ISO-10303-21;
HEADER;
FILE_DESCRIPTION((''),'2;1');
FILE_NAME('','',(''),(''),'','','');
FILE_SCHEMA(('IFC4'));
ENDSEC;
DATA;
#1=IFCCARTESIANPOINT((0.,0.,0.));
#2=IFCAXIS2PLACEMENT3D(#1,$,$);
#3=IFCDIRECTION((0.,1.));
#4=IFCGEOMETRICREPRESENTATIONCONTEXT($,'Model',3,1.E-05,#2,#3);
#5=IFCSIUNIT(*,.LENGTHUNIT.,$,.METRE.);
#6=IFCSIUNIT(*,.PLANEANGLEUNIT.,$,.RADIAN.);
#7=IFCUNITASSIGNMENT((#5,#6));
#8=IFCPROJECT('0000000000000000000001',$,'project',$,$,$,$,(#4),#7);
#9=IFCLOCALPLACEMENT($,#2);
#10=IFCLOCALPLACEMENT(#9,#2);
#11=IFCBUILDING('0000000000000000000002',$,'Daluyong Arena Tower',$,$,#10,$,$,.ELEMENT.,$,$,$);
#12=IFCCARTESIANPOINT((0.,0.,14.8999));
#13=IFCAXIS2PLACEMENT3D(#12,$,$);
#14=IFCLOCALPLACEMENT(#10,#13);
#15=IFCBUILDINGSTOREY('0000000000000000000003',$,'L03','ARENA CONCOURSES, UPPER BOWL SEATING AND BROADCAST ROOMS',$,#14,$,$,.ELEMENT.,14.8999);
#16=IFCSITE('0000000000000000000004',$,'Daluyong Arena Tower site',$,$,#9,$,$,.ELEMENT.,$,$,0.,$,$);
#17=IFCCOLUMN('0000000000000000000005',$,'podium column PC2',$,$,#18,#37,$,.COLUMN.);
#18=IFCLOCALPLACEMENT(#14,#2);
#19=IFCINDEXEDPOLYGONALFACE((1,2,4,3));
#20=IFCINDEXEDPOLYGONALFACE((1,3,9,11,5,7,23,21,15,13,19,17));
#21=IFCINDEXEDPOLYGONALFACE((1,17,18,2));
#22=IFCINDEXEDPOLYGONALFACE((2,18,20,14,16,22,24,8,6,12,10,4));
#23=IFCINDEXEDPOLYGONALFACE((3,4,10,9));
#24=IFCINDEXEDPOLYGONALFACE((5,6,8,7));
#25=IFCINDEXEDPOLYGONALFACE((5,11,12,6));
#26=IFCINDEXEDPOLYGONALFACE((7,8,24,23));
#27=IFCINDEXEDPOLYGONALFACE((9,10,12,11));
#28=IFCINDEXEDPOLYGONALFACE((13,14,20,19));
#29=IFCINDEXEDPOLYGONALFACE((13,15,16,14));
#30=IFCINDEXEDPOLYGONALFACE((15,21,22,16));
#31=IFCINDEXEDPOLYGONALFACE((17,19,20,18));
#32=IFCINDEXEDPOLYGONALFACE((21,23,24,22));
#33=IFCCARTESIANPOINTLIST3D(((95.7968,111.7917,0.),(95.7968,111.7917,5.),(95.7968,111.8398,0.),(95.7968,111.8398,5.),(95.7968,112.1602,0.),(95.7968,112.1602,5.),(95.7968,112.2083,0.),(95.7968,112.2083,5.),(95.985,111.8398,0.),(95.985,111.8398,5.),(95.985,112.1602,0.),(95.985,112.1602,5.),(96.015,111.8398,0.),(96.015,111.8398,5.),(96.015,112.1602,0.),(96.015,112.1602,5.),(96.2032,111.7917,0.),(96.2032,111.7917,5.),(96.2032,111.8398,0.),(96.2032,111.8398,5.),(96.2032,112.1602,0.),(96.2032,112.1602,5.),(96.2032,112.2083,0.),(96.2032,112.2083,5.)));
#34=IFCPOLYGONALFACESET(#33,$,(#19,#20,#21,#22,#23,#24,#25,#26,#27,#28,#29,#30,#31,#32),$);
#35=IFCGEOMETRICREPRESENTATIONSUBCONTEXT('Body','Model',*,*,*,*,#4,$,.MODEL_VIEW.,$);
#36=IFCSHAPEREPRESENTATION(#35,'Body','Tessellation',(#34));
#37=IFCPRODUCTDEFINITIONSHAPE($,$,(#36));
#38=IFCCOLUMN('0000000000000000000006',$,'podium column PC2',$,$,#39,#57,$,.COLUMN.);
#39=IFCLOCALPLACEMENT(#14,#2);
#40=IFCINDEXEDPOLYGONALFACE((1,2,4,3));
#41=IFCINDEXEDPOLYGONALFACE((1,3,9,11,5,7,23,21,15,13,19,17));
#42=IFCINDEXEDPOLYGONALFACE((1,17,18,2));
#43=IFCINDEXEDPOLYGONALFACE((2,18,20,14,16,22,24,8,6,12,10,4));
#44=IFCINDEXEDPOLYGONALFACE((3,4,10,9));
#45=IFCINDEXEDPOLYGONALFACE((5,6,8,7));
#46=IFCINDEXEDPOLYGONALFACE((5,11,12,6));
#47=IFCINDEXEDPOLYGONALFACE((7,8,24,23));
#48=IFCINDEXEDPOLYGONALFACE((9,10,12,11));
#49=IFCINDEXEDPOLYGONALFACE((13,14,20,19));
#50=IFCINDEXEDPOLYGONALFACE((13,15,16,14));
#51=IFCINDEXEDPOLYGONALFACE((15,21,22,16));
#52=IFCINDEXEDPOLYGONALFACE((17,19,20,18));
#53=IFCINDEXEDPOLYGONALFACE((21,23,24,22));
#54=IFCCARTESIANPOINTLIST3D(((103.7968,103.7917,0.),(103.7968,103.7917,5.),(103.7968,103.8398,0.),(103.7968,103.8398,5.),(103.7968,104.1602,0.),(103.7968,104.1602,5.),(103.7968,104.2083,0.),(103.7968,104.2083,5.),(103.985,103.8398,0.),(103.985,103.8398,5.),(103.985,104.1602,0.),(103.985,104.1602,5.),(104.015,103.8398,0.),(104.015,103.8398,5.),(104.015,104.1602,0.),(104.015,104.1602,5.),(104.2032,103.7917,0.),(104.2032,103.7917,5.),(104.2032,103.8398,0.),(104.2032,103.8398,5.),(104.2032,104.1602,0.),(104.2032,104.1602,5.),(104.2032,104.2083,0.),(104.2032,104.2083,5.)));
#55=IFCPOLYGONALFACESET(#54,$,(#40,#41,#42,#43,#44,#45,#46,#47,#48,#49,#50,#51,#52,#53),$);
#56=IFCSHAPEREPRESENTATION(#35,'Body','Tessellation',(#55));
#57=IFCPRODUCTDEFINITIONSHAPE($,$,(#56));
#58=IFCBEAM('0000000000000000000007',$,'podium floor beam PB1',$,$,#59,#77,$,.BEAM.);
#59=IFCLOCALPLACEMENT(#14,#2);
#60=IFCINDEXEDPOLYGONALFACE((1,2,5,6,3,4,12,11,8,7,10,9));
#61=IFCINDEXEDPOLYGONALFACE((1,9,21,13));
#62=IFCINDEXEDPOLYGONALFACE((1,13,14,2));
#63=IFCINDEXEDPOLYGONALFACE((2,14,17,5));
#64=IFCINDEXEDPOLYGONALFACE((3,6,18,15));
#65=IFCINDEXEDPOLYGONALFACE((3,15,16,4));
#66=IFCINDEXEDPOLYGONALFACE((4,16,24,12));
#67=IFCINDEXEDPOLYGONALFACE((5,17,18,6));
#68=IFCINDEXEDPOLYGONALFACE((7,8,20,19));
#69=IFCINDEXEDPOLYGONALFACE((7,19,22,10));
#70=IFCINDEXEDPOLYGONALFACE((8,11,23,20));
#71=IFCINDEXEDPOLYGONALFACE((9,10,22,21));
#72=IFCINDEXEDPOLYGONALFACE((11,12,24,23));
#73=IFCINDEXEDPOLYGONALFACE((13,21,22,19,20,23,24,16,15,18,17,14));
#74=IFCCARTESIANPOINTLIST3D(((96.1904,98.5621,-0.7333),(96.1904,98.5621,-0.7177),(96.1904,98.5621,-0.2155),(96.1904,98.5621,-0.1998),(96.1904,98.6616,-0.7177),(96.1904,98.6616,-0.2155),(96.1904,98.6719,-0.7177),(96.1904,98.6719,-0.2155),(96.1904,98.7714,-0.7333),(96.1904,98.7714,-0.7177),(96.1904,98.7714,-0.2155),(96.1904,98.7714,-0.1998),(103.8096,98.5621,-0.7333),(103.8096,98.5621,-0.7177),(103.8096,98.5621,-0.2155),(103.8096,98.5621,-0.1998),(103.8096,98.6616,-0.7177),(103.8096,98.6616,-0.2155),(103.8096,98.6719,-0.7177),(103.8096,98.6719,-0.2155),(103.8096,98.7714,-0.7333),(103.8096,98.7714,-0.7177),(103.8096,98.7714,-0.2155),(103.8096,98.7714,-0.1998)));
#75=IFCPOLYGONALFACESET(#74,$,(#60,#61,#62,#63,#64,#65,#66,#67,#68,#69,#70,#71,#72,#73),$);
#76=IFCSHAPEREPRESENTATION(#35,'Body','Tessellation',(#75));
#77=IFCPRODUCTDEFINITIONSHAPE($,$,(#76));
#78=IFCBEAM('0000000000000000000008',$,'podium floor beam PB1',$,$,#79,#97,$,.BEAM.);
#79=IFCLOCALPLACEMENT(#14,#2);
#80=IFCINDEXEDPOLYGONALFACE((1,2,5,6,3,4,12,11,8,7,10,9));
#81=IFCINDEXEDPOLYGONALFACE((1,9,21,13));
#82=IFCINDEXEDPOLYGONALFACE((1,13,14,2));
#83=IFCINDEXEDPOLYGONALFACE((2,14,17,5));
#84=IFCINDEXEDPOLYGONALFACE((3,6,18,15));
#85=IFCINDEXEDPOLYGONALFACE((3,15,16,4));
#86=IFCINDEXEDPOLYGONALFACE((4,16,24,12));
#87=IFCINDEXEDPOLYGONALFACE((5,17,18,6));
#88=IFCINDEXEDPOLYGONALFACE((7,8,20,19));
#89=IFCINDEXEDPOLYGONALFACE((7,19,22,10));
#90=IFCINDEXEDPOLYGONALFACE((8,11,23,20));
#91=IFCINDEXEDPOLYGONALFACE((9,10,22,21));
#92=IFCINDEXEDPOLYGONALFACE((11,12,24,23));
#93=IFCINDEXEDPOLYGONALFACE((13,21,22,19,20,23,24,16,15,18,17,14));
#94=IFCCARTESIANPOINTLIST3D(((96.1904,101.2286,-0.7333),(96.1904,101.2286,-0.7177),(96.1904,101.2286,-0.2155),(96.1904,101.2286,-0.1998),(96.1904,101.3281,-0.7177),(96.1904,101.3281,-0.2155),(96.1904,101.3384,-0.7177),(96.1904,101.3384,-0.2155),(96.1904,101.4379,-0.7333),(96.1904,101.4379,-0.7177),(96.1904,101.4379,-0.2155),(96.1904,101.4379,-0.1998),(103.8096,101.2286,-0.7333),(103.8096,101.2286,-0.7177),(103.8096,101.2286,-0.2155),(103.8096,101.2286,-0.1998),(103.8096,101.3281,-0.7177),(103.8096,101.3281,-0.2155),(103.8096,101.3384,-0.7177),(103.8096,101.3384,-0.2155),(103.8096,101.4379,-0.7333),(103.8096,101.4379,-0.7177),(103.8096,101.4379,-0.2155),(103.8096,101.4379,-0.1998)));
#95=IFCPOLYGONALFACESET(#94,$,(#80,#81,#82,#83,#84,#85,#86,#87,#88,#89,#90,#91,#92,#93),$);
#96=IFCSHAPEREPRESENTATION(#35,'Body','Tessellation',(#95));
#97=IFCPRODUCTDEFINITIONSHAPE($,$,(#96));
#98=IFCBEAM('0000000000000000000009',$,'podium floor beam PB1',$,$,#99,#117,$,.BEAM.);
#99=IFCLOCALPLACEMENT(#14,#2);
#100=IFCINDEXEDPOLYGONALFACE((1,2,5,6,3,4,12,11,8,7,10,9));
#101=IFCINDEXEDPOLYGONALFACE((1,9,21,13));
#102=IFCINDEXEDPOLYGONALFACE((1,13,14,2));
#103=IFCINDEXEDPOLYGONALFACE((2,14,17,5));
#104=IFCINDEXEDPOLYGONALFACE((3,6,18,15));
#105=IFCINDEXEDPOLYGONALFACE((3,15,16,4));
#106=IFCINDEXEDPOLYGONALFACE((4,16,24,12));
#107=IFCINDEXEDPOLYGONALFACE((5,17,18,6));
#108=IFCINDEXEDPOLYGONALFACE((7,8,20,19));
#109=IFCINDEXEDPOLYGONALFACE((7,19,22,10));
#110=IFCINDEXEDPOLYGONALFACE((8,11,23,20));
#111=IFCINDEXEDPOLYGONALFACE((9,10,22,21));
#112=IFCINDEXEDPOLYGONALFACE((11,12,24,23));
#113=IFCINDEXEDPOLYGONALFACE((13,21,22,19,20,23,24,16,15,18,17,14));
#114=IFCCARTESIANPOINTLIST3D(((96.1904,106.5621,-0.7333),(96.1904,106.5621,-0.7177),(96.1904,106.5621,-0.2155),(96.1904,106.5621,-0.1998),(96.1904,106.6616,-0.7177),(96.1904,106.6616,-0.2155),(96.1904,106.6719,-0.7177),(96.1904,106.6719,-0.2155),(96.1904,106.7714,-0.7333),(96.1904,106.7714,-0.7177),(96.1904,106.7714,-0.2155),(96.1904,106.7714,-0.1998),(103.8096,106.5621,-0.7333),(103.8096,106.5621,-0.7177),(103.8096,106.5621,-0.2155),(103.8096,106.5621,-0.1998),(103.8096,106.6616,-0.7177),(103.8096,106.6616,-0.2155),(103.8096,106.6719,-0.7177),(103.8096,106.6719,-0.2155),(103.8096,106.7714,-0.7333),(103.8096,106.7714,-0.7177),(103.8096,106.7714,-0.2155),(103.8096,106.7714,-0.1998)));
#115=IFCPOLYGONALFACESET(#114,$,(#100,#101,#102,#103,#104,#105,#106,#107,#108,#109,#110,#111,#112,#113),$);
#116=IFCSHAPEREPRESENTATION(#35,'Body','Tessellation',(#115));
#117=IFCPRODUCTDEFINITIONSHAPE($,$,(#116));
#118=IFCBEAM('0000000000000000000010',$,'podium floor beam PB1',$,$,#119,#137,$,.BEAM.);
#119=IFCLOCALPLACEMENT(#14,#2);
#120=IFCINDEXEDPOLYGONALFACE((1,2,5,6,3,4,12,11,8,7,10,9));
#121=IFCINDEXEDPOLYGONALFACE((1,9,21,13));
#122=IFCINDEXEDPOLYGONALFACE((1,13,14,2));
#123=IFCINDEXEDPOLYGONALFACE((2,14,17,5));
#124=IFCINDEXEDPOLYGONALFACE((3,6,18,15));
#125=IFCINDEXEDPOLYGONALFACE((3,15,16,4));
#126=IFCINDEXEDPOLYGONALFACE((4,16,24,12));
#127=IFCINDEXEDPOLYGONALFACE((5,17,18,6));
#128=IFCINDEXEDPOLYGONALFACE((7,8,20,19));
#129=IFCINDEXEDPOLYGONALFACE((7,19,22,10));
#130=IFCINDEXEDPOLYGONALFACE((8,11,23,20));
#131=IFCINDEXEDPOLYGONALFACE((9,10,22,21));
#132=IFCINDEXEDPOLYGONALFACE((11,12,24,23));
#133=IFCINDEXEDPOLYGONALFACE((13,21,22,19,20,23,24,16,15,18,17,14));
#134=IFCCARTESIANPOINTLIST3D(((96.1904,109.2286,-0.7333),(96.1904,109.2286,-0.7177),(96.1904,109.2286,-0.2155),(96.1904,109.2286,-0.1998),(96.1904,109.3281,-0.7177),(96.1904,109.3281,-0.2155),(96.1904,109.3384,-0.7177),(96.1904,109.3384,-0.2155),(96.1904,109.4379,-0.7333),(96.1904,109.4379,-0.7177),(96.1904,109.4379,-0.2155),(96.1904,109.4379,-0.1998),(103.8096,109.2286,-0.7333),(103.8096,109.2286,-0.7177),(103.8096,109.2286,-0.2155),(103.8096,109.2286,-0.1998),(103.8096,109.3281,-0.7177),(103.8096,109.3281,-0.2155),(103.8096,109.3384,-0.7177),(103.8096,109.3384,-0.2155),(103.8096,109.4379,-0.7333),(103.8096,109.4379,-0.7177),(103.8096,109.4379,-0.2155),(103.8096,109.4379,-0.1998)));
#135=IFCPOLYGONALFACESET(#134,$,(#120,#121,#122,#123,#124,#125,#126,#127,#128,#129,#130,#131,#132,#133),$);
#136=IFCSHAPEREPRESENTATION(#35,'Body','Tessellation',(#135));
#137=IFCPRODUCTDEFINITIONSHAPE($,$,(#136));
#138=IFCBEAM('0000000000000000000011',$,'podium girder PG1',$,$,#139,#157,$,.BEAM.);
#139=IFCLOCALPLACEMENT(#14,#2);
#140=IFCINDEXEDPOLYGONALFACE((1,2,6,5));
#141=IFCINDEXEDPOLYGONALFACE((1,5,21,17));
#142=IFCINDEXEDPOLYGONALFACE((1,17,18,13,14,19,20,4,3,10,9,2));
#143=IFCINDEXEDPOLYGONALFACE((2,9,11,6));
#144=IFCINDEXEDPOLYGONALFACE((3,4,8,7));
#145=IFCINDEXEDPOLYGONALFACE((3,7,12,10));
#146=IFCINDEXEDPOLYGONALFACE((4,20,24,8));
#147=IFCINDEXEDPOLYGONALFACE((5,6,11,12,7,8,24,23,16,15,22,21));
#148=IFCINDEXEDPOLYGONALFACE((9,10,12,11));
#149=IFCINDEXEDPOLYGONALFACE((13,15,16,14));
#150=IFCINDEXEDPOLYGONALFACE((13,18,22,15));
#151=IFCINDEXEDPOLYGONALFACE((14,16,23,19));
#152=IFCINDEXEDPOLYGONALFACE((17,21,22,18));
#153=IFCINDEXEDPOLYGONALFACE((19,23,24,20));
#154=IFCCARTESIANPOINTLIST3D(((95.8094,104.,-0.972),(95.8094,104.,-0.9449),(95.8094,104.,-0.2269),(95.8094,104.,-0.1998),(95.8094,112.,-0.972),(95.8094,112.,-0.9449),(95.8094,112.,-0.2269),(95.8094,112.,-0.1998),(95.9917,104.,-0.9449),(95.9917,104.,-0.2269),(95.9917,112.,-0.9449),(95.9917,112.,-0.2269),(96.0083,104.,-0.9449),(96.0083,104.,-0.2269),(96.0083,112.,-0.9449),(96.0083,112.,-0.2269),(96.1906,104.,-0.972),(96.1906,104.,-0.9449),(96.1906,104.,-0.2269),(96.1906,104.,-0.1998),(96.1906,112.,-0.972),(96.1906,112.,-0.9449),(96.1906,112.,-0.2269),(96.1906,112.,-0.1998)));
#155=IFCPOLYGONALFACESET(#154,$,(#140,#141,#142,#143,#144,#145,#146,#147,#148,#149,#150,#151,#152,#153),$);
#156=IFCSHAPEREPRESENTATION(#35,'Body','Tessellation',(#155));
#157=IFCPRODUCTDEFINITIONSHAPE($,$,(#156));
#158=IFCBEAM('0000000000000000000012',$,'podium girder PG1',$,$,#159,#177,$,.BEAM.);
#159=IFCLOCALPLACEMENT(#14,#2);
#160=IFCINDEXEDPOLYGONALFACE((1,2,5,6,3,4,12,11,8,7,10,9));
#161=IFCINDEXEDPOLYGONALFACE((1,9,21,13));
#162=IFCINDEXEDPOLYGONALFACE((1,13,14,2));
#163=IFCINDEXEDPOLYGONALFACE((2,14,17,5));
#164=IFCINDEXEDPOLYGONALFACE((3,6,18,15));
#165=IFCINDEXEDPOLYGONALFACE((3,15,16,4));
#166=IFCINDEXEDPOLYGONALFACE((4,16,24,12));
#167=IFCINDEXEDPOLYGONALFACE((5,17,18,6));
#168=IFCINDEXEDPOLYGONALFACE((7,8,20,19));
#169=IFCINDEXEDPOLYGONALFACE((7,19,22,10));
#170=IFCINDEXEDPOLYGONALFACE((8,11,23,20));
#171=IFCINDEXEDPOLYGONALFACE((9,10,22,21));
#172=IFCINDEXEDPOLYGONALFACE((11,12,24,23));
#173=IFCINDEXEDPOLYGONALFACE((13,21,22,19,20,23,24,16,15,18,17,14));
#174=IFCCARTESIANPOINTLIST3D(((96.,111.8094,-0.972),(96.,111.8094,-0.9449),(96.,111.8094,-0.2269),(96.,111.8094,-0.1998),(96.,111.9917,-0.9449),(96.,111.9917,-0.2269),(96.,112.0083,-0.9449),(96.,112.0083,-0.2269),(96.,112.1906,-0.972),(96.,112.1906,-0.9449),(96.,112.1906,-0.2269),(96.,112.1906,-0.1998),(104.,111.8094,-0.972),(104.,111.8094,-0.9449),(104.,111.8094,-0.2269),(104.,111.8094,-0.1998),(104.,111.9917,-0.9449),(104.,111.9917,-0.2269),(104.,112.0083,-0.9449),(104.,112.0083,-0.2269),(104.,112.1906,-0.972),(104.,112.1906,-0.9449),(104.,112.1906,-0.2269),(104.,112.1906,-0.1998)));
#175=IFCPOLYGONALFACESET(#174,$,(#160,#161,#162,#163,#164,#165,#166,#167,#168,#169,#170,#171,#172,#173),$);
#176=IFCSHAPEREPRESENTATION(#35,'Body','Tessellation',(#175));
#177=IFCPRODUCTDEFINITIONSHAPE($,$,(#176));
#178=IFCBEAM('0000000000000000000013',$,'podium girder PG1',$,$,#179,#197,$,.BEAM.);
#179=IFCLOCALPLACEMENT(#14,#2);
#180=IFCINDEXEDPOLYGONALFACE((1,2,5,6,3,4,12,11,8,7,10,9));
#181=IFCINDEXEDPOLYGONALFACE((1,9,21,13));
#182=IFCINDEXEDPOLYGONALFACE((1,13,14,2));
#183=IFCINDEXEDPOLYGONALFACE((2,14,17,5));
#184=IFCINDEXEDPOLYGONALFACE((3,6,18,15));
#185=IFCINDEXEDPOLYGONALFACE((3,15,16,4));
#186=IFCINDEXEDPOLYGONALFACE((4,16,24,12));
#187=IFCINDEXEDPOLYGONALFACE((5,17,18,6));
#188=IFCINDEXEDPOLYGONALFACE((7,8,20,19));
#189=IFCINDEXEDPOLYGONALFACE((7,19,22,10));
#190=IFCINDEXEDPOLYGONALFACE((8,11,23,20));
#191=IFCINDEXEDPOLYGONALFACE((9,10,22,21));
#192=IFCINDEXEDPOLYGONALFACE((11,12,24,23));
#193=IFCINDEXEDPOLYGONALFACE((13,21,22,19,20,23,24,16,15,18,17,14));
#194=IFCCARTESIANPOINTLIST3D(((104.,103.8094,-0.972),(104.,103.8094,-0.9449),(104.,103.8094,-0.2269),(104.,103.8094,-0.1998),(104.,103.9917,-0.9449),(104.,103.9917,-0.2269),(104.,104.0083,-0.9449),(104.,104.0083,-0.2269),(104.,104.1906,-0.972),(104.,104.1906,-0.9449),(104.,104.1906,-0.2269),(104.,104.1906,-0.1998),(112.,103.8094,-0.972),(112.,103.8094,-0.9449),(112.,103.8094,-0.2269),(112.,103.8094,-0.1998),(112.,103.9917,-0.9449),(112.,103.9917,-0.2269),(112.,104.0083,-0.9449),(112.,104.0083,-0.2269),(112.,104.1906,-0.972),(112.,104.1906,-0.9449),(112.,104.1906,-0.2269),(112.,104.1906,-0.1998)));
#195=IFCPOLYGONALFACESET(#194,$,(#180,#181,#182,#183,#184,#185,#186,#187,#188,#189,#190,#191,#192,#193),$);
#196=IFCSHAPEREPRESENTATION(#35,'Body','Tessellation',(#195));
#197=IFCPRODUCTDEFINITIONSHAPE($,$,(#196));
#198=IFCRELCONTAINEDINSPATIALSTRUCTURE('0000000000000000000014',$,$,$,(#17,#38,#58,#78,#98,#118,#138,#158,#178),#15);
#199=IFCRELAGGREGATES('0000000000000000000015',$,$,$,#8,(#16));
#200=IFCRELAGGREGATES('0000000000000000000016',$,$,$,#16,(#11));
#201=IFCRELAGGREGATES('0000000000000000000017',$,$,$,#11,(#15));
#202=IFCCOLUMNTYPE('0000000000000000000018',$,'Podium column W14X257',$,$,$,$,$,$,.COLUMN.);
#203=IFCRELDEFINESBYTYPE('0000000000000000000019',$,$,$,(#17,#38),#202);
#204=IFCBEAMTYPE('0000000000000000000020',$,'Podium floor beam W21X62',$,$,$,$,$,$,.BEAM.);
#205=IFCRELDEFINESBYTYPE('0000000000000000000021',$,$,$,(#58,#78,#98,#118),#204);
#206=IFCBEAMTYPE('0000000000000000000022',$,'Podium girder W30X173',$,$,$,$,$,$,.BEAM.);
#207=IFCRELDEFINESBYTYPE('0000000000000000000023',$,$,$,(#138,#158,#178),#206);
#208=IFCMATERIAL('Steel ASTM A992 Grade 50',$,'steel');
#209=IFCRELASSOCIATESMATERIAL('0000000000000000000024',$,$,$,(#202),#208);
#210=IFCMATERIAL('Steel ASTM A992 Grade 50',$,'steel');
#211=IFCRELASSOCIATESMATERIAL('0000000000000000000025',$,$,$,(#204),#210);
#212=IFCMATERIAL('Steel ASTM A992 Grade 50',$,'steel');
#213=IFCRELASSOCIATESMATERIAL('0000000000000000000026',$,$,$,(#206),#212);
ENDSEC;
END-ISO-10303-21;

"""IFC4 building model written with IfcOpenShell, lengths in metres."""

from ifc_helpers import new_model, si_unit, direction, frame, origin, origin_2d, place, context, subcontext, project, spatial, i_section, extrude, material, material_profile, profile_set, type_object, element, save


model = new_model("IFC4")

# Units and contexts
model_context = context("Model", 3, precision=1e-05, world=origin(), true_north=direction((0.0, 1.0)))
body_context = subcontext(model_context, "Body", "Model", "MODEL_VIEW")
ifc_project = project(units=[si_unit("LENGTHUNIT", "METRE"), si_unit("PLANEANGLEUNIT", "RADIAN")], contexts=[model_context])

# Site, building, storey
site_placement = place(None, origin())
site = spatial("IfcSite", under=ifc_project, at=site_placement, Name="Daluyong Arena Tower site", CompositionType="ELEMENT", RefElevation=0.0)
building_placement = place(site_placement, origin())
building = spatial("IfcBuilding", under=site, at=building_placement, Name="Daluyong Arena Tower", CompositionType="ELEMENT")
storey_placement = place(building_placement, frame((0.0, 0.0, 14.8999)))
storey = spatial("IfcBuildingStorey", under=building, at=storey_placement, Name="L03", Description="ARENA CONCOURSES, UPPER BOWL SEATING AND BROADCAST ROOMS", CompositionType="ELEMENT", Elevation=14.8999)

# Columns
ifc_material_1 = material(Name="Steel ASTM A992 Grade 50", Category="steel")
ifc_material_profile_1 = material_profile(ifc_material_1, i_section(OverallWidth=0.4065, OverallDepth=0.4165, WebThickness=0.03, FlangeThickness=0.0481, at=origin_2d()))
ifc_profile_set_1 = profile_set([ifc_material_profile_1], Name="Steel ASTM A992 Grade 50")
column_type = type_object("IfcColumnType", Name="Podium column W14X257", PredefinedType="COLUMN", material=ifc_profile_set_1)
for number, where, z_axis, x_axis, name in (
    (1, (96.0, 112.0, 0.0), (0.0, 0.0, 1.0), (1.0, 0.0, 0.0), "podium column PC2"),
    (2, (104.0, 104.0, 0.0), (0.0, 0.0, 1.0), (1.0, 0.0, 0.0), "podium column PC2"),
):
    element("IfcColumn", number, at=place(storey_placement, frame(where, z_axis=z_axis, x_axis=x_axis)), inside=storey, type_object=column_type, Name=name, PredefinedType="COLUMN", context=body_context, shape_type="SweptSolid", body=[
        extrude(i_section(OverallWidth=0.4065, OverallDepth=0.4165, WebThickness=0.03, FlangeThickness=0.0481, at=origin_2d()), origin(), (0.0, 0.0, 1.0), 5.0),
    ])

# Beams
ifc_material_2 = material(Name="Steel ASTM A992 Grade 50", Category="steel")
ifc_material_profile_2 = material_profile(ifc_material_2, i_section(OverallWidth=0.2092, OverallDepth=0.5334, WebThickness=0.0103, FlangeThickness=0.0156, at=origin_2d()))
ifc_profile_set_2 = profile_set([ifc_material_profile_2], Name="Steel ASTM A992 Grade 50")
beam_type_1 = type_object("IfcBeamType", Name="Podium floor beam W21X62", PredefinedType="BEAM", material=ifc_profile_set_2)
for number, where, z_axis, x_axis, name in (
    (3, (96.1904, 98.6667, -0.4666), (1.0, 0.0, 0.0), (0.0, 1.0, 0.0), "podium floor beam PB1"),
    (4, (96.1904, 101.3333, -0.4666), (1.0, 0.0, 0.0), (0.0, 1.0, 0.0), "podium floor beam PB1"),
    (5, (96.1904, 106.6667, -0.4666), (1.0, 0.0, 0.0), (0.0, 1.0, 0.0), "podium floor beam PB1"),
    (6, (96.1904, 109.3333, -0.4666), (1.0, 0.0, 0.0), (0.0, 1.0, 0.0), "podium floor beam PB1"),
):
    element("IfcBeam", number, at=place(storey_placement, frame(where, z_axis=z_axis, x_axis=x_axis)), inside=storey, type_object=beam_type_1, Name=name, PredefinedType="BEAM", context=body_context, shape_type="SweptSolid", body=[
        extrude(i_section(OverallWidth=0.2092, OverallDepth=0.5334, WebThickness=0.0103, FlangeThickness=0.0156, at=origin_2d()), origin(), (0.0, 0.0, 1.0), 7.6191),
    ])
ifc_material_3 = material(Name="Steel ASTM A992 Grade 50", Category="steel")
ifc_material_profile_3 = material_profile(ifc_material_3, i_section(OverallWidth=0.3811, OverallDepth=0.7722, WebThickness=0.0166, FlangeThickness=0.0271, at=origin_2d()))
ifc_profile_set_3 = profile_set([ifc_material_profile_3], Name="Steel ASTM A992 Grade 50")
beam_type_2 = type_object("IfcBeamType", Name="Podium girder W30X173", PredefinedType="BEAM", material=ifc_profile_set_3)
for number, where, z_axis, x_axis, name in (
    (7, (96.0, 104.0, -0.5859), (0.0, 1.0, 0.0), (-1.0, 0.0, 0.0), "podium girder PG1"),
    (8, (96.0, 112.0, -0.5859), (1.0, 0.0, 0.0), (0.0, 1.0, 0.0), "podium girder PG1"),
    (9, (104.0, 104.0, -0.5859), (1.0, 0.0, 0.0), (0.0, 1.0, 0.0), "podium girder PG1"),
):
    element("IfcBeam", number, at=place(storey_placement, frame(where, z_axis=z_axis, x_axis=x_axis)), inside=storey, type_object=beam_type_2, Name=name, PredefinedType="BEAM", context=body_context, shape_type="SweptSolid", body=[
        extrude(i_section(OverallWidth=0.3811, OverallDepth=0.7722, WebThickness=0.0166, FlangeThickness=0.0271, at=origin_2d()), origin(), (0.0, 0.0, 1.0), 8.0),
    ])

save(model, "model.ifc")
